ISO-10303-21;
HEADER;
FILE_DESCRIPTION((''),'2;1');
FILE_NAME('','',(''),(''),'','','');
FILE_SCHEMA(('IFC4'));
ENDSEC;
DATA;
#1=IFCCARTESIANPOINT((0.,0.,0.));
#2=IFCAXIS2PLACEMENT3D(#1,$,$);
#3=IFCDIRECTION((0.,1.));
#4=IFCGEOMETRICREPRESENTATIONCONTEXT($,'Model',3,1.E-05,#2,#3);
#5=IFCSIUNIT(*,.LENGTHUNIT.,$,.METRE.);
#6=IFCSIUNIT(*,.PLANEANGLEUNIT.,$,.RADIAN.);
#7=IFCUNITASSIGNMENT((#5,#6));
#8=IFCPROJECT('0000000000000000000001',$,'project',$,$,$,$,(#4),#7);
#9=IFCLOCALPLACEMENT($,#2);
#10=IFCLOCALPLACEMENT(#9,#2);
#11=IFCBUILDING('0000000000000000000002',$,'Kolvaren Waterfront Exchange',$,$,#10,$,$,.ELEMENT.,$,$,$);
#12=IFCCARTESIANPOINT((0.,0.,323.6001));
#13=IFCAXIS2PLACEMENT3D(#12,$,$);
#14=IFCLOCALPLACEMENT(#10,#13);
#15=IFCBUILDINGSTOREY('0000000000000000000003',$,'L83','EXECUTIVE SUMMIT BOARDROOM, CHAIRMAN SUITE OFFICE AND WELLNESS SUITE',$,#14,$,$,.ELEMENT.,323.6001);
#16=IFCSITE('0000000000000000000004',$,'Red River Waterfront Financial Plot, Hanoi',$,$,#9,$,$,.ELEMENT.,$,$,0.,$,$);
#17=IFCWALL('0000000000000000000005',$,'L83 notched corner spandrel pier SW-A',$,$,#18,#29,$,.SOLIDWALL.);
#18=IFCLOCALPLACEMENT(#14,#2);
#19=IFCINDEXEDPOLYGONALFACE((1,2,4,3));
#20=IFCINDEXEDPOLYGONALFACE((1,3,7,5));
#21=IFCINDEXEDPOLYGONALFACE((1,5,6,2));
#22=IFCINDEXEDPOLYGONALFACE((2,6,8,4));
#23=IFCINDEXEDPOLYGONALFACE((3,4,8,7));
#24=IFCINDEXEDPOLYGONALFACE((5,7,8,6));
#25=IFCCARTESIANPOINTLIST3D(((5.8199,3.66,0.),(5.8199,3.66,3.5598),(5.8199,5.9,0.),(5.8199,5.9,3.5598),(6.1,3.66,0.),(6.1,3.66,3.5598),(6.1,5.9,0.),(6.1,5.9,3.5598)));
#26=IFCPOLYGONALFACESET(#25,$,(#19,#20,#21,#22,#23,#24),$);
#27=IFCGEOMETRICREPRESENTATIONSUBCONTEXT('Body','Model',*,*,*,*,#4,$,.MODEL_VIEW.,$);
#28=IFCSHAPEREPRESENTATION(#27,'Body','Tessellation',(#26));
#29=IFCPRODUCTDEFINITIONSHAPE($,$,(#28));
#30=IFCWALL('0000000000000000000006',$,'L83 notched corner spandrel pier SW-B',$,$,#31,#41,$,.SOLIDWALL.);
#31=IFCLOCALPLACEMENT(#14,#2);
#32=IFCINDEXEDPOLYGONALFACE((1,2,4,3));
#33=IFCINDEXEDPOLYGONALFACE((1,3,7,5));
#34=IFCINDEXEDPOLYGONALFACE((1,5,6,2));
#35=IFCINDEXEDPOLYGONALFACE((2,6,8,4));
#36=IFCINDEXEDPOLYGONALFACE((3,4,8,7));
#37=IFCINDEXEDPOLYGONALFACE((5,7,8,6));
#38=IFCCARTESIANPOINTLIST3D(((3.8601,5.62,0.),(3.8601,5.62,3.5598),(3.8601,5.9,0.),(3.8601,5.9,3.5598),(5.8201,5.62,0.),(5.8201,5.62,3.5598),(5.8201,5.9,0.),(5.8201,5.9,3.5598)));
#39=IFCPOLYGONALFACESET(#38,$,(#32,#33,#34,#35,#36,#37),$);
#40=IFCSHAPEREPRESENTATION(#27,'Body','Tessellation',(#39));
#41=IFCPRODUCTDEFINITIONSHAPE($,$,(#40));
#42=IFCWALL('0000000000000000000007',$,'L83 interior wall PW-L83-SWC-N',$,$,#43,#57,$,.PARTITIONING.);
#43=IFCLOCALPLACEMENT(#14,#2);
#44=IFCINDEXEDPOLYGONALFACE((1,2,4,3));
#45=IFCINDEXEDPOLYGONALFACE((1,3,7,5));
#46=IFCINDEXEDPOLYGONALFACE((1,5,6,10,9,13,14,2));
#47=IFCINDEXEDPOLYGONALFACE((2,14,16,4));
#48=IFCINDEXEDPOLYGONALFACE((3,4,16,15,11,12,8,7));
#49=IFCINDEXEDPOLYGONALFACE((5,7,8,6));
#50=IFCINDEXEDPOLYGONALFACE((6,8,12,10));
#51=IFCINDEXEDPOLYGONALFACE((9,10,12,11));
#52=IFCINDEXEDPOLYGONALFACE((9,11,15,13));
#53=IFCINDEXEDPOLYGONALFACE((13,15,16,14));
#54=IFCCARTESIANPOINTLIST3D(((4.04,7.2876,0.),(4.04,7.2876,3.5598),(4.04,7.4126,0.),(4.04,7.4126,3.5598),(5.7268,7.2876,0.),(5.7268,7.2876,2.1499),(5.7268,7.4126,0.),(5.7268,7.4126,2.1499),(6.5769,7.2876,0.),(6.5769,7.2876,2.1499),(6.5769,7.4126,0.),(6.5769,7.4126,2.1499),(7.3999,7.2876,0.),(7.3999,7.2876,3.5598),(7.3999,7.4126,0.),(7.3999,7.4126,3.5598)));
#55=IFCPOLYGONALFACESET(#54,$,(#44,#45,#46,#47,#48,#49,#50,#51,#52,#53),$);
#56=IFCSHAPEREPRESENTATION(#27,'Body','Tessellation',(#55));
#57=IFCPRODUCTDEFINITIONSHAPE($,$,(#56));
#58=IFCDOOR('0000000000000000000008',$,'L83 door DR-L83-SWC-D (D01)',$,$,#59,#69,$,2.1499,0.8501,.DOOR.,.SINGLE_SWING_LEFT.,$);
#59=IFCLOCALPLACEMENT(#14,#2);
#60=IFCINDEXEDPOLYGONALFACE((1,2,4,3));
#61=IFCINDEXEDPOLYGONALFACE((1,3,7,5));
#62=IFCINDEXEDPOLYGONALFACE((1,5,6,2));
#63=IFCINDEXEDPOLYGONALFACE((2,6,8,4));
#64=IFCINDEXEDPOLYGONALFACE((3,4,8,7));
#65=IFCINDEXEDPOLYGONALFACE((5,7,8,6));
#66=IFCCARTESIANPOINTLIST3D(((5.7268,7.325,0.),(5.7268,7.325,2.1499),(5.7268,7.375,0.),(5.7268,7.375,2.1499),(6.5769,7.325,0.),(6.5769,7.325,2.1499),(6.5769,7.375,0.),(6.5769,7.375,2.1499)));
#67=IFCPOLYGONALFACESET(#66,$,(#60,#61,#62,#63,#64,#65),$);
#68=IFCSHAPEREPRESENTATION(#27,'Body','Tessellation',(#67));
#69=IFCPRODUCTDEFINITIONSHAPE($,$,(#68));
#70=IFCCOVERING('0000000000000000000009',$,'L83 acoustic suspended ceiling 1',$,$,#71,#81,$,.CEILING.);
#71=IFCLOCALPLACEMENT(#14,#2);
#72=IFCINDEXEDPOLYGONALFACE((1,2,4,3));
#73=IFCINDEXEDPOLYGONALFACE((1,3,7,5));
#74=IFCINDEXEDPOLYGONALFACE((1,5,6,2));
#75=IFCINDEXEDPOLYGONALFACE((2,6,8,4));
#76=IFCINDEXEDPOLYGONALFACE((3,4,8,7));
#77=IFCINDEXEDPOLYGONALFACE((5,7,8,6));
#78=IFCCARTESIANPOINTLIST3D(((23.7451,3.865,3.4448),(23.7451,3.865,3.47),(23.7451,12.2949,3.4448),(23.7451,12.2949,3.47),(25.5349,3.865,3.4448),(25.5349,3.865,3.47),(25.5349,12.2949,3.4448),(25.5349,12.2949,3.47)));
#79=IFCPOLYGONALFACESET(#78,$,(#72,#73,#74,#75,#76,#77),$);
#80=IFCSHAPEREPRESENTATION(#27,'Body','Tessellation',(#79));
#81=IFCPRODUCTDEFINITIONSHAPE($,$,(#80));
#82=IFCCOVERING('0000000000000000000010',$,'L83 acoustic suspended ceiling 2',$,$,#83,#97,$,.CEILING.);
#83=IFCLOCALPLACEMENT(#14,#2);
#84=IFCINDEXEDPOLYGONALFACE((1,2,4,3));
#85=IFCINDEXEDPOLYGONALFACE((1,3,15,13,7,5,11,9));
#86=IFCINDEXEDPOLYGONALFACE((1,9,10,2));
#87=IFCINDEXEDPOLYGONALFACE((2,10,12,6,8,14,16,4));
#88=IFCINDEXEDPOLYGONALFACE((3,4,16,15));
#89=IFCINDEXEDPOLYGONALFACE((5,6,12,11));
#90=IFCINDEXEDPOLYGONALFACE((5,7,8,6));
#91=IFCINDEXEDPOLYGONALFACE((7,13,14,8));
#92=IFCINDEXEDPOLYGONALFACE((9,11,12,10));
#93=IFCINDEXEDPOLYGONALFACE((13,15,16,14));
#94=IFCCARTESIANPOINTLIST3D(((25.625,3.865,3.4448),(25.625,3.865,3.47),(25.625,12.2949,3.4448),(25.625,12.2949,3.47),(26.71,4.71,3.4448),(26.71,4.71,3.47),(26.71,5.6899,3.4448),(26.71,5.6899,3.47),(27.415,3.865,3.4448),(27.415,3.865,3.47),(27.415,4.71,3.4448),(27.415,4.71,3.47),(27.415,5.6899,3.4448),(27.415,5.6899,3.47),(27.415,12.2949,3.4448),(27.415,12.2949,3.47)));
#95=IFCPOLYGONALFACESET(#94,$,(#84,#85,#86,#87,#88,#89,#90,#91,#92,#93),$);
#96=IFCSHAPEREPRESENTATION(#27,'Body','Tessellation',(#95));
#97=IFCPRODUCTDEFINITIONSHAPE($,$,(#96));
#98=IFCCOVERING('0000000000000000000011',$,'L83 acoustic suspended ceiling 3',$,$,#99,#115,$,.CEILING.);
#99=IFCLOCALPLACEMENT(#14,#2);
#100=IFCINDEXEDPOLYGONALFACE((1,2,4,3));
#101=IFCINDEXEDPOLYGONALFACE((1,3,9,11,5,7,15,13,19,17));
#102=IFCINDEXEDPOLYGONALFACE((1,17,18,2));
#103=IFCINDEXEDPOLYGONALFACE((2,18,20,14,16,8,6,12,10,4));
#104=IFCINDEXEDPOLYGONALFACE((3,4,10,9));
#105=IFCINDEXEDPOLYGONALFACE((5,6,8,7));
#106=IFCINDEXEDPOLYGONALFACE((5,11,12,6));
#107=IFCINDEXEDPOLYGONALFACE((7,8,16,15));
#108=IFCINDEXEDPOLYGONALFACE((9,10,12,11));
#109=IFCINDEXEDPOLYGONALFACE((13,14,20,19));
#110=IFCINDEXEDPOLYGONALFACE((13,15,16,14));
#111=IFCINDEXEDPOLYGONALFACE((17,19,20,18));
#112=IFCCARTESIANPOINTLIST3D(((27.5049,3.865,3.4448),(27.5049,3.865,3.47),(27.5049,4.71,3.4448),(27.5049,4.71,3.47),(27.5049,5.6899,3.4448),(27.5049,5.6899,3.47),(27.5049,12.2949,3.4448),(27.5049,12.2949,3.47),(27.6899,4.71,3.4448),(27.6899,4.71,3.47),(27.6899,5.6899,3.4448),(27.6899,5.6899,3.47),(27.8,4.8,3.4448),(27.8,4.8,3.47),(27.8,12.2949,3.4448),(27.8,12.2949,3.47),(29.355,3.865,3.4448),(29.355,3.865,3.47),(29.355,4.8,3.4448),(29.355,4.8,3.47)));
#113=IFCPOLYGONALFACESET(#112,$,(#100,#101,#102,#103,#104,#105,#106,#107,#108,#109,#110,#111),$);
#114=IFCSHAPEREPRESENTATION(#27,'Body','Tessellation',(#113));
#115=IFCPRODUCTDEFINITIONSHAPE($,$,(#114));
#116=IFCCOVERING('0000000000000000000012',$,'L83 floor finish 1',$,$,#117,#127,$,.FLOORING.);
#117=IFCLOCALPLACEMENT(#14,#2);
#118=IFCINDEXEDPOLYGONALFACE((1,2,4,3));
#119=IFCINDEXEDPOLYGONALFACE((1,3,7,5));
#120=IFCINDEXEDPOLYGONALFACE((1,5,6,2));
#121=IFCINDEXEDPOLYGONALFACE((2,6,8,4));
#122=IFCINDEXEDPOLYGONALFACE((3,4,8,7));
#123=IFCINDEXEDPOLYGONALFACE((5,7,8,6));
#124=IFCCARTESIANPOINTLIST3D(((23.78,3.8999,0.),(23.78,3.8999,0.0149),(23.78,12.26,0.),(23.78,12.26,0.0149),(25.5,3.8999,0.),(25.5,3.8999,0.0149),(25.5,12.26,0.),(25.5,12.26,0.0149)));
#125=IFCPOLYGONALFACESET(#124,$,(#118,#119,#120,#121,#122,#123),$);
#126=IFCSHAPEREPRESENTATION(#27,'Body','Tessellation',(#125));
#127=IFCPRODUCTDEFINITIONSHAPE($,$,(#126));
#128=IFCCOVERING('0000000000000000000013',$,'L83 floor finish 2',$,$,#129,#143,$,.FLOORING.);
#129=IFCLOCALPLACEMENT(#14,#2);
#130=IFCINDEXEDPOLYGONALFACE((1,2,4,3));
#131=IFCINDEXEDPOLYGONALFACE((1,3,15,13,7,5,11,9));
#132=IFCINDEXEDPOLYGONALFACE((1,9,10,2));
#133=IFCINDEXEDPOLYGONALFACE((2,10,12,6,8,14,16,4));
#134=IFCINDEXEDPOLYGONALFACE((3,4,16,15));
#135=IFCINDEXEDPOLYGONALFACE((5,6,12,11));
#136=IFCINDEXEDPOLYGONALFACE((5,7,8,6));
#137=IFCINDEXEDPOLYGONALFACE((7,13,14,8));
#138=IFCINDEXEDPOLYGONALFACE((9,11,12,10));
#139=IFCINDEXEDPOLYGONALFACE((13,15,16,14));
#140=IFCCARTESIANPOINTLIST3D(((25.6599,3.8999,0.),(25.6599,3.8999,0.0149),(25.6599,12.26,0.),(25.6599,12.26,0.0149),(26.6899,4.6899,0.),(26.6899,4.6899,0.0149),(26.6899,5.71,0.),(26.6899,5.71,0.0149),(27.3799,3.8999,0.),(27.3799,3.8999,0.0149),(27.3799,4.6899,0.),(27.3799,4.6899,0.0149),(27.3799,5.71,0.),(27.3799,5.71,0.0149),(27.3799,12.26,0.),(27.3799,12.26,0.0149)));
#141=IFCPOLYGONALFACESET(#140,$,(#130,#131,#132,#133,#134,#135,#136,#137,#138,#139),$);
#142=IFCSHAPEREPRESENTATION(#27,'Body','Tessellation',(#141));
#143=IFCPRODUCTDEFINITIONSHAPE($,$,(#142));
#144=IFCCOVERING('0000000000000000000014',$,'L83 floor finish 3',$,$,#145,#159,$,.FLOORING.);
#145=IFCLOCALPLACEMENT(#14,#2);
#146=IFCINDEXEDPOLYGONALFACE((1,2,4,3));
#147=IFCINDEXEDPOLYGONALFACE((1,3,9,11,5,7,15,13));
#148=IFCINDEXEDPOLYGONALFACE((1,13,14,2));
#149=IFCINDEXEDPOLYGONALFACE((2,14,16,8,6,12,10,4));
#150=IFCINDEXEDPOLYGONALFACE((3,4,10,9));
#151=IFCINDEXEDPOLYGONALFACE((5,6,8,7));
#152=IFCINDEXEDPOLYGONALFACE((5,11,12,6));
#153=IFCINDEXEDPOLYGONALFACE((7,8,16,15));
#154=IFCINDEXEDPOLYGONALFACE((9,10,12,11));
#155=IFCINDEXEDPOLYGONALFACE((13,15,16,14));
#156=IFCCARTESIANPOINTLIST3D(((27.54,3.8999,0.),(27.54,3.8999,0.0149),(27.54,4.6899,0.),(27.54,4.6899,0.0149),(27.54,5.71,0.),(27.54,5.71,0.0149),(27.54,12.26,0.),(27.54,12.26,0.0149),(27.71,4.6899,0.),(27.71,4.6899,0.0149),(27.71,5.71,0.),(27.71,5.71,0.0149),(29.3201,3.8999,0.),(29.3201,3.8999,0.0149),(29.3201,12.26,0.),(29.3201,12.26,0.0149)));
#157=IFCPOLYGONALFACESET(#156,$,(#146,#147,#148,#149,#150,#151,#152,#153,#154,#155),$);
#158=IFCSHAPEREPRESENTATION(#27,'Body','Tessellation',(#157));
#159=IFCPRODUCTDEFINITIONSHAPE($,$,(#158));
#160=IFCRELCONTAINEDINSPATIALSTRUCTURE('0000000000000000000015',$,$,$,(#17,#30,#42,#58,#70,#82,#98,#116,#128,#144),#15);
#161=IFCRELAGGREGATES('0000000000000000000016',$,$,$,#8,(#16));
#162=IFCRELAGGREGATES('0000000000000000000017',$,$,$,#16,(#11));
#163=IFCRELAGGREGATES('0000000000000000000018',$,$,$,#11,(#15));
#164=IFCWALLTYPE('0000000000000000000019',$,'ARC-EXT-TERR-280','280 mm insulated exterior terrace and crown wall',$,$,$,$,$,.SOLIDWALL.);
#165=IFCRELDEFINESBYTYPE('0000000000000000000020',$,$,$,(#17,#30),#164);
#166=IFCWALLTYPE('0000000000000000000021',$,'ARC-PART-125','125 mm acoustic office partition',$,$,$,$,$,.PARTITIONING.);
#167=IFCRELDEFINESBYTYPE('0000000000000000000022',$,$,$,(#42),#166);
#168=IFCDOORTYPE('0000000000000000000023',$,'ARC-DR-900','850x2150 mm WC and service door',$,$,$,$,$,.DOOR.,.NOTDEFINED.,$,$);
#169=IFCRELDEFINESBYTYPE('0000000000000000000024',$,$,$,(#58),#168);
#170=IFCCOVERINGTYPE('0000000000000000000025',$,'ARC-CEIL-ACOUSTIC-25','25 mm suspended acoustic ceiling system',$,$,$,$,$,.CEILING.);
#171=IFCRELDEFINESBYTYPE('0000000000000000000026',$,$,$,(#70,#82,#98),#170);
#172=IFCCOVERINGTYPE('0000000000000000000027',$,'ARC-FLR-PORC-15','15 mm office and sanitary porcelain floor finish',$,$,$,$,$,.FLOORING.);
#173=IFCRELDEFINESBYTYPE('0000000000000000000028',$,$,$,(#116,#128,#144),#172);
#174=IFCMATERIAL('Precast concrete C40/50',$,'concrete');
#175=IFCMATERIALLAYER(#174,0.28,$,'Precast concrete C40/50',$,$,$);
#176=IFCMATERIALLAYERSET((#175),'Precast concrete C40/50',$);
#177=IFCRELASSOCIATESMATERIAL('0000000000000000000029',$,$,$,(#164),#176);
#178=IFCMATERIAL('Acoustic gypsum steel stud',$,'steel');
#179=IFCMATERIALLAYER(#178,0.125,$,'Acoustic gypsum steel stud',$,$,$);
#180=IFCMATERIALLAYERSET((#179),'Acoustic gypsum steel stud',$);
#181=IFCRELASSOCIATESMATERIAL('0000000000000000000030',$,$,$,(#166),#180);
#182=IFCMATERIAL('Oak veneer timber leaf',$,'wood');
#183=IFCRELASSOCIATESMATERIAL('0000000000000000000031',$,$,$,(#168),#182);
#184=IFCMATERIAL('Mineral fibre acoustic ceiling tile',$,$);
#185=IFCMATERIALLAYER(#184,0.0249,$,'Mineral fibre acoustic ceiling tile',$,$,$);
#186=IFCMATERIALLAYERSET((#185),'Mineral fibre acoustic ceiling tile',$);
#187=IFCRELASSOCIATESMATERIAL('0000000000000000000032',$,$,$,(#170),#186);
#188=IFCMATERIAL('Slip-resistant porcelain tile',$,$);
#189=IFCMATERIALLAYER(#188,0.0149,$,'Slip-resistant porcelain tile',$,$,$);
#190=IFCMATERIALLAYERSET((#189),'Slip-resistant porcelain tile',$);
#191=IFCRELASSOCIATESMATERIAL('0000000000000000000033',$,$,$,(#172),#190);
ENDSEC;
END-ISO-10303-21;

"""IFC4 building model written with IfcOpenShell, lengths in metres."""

from ifc_helpers import new_model, si_unit, direction, frame, frame_2d, origin, place, context, subcontext, project, spatial, polyline, rectangle, outline, extrude, material, layer, layer_set, type_object, element, fill, save


model = new_model("IFC4")

# Units and contexts
model_context = context("Model", 3, precision=1e-05, world=origin(), true_north=direction((0.0, 1.0)))
body_context = subcontext(model_context, "Body", "Model", "MODEL_VIEW")
ifc_project = project(units=[si_unit("LENGTHUNIT", "METRE"), si_unit("PLANEANGLEUNIT", "RADIAN")], contexts=[model_context])

# Site, building, storey
site_placement = place(None, origin())
site = spatial("IfcSite", under=ifc_project, at=site_placement, Name="Red River Waterfront Financial Plot, Hanoi", CompositionType="ELEMENT", RefElevation=0.0)
building_placement = place(site_placement, origin())
building = spatial("IfcBuilding", under=site, at=building_placement, Name="Kolvaren Waterfront Exchange", CompositionType="ELEMENT")
storey_placement = place(building_placement, frame((0.0, 0.0, 323.6001)))
storey = spatial("IfcBuildingStorey", under=building, at=storey_placement, Name="L83", Description="EXECUTIVE SUMMIT BOARDROOM, CHAIRMAN SUITE OFFICE AND WELLNESS SUITE", CompositionType="ELEMENT", Elevation=323.6001)

# Walls
ifc_material_1 = material(Name="Precast concrete C40/50", Category="concrete")
ifc_layer_1 = layer(ifc_material_1, 0.28, Name="Precast concrete C40/50")
ifc_layer_set_1 = layer_set([ifc_layer_1], Name="Precast concrete C40/50")
wall_type_1 = type_object("IfcWallType", Name="ARC-EXT-TERR-280", Description="280 mm insulated exterior terrace and crown wall", PredefinedType="SOLIDWALL", material=ifc_layer_set_1)
wall_1_placement = place(storey_placement, frame((5.96, 3.6599, 0.0), z_axis=(0.0, 0.0, 1.0), x_axis=(0.0, 1.0, 0.0)))
element("IfcWall", 1, at=wall_1_placement, inside=storey, type_object=wall_type_1, Name="L83 notched corner spandrel pier SW-A", PredefinedType="SOLIDWALL", context=body_context, shape_type="SweptSolid", body=[
    extrude(rectangle(XDim=2.24, YDim=0.28, at=frame_2d((1.1201, 0.0))), origin(), (0.0, 0.0, 1.0), 3.5598),
])
wall_2_placement = place(storey_placement, frame((3.8601, 5.76, 0.0), z_axis=(0.0, 0.0, 1.0), x_axis=(1.0, 0.0, 0.0)))
element("IfcWall", 2, at=wall_2_placement, inside=storey, type_object=wall_type_1, Name="L83 notched corner spandrel pier SW-B", PredefinedType="SOLIDWALL", context=body_context, shape_type="SweptSolid", body=[
    extrude(rectangle(XDim=1.96, YDim=0.28, at=frame_2d((0.98, 0.0))), origin(), (0.0, 0.0, 1.0), 3.5598),
])

# Wall, opening, door
ifc_material_2 = material(Name="Acoustic gypsum steel stud", Category="steel")
ifc_layer_2 = layer(ifc_material_2, 0.125, Name="Acoustic gypsum steel stud")
ifc_layer_set_2 = layer_set([ifc_layer_2], Name="Acoustic gypsum steel stud")
wall_type_2 = type_object("IfcWallType", Name="ARC-PART-125", Description="125 mm acoustic office partition", PredefinedType="PARTITIONING", material=ifc_layer_set_2)
wall_3_placement = place(storey_placement, frame((4.04, 7.3501, 0.0), z_axis=(0.0, 0.0, 1.0), x_axis=(1.0, 0.0, 0.0)))
wall_3 = element("IfcWall", 3, at=wall_3_placement, inside=storey, type_object=wall_type_2, Name="L83 interior wall PW-L83-SWC-N", PredefinedType="PARTITIONING", context=body_context, shape_type="SweptSolid", body=[
    extrude(rectangle(XDim=3.3599, YDim=0.125, at=frame_2d((1.6799, 0.0))), origin(), (0.0, 0.0, 1.0), 3.5598),
])
opening_placement = place(wall_3_placement, frame((1.6868, 0.0, 0.0)))
opening = element("IfcOpeningElement", 4, at=opening_placement, cuts=wall_3, PredefinedType="OPENING", context=body_context, shape_type="SweptSolid", body=[
    extrude(rectangle(XDim=0.8501, YDim=2.1499, at=frame_2d((0.425, 1.075))), frame((0.0, 0.0725, 0.0), z_axis=(0.0, -1.0, 0.0), x_axis=(1.0, 0.0, 0.0)), (0.0, 0.0, 1.0), 0.145),
])
ifc_material_3 = material(Name="Oak veneer timber leaf", Category="wood")
door_type = type_object("IfcDoorType", Name="ARC-DR-900", Description="850x2150 mm WC and service door", OperationType="NOTDEFINED", PredefinedType="DOOR", material=ifc_material_3)
door_placement = place(opening_placement, origin())
door = element("IfcDoor", 5, at=door_placement, inside=storey, type_object=door_type, Name="L83 door DR-L83-SWC-D (D01)", OperationType="SINGLE_SWING_LEFT", OverallHeight=2.1499, OverallWidth=0.8501, PredefinedType="DOOR", context=body_context, shape_type="SweptSolid", body=[
    extrude(rectangle(XDim=0.8501, YDim=2.1499, at=frame_2d((0.425, 1.075))), frame((0.0, 0.0249, 0.0), z_axis=(0.0, -1.0, 0.0), x_axis=(1.0, 0.0, 0.0)), (0.0, 0.0, 1.0), 0.05),
])
fill(opening, door)

# Coverings
ifc_material_4 = material(Name="Mineral fibre acoustic ceiling tile")
ifc_layer_3 = layer(ifc_material_4, 0.0249, Name="Mineral fibre acoustic ceiling tile")
ifc_layer_set_3 = layer_set([ifc_layer_3], Name="Mineral fibre acoustic ceiling tile")
covering_type_1 = type_object("IfcCoveringType", Name="ARC-CEIL-ACOUSTIC-25", Description="25 mm suspended acoustic ceiling system", PredefinedType="CEILING", material=ifc_layer_set_3)
covering_1_placement = place(storey_placement, frame((0.0, 0.0, 3.4448)))
element("IfcCovering", 6, at=covering_1_placement, inside=storey, type_object=covering_type_1, Name="L83 acoustic suspended ceiling 1", PredefinedType="CEILING", context=body_context, shape_type="SweptSolid", body=[
    extrude(outline(polyline([(25.5349, 3.865), (25.5349, 12.2949), (23.7451, 12.2949), (23.7451, 3.865), (25.5349, 3.865)])), origin(), (0.0, 0.0, 1.0), 0.0251),
])
covering_2_placement = place(storey_placement, frame((0.0, 0.0, 3.4448)))
element("IfcCovering", 7, at=covering_2_placement, inside=storey, type_object=covering_type_1, Name="L83 acoustic suspended ceiling 2", PredefinedType="CEILING", context=body_context, shape_type="SweptSolid", body=[
    extrude(outline(polyline([(27.415, 4.71), (26.71, 4.71), (26.71, 5.6899), (27.415, 5.6899), (27.415, 12.2949), (25.625, 12.2949), (25.625, 3.865), (27.415, 3.865), (27.415, 4.71)])), origin(), (0.0, 0.0, 1.0), 0.0251),
])
covering_3_placement = place(storey_placement, frame((0.0, 0.0, 3.4448)))
element("IfcCovering", 8, at=covering_3_placement, inside=storey, type_object=covering_type_1, Name="L83 acoustic suspended ceiling 3", PredefinedType="CEILING", context=body_context, shape_type="SweptSolid", body=[
    extrude(outline(polyline([(27.5049, 5.6899), (27.6899, 5.6899), (27.6899, 4.71), (27.5049, 4.71), (27.5049, 3.865), (29.355, 3.865), (29.355, 4.8), (27.8, 4.8), (27.8, 12.2949), (27.5049, 12.2949), (27.5049, 5.6899)])), origin(), (0.0, 0.0, 1.0), 0.0251),
])
ifc_material_5 = material(Name="Slip-resistant porcelain tile")
ifc_layer_4 = layer(ifc_material_5, 0.0149, Name="Slip-resistant porcelain tile")
ifc_layer_set_4 = layer_set([ifc_layer_4], Name="Slip-resistant porcelain tile")
covering_type_2 = type_object("IfcCoveringType", Name="ARC-FLR-PORC-15", Description="15 mm office and sanitary porcelain floor finish", PredefinedType="FLOORING", material=ifc_layer_set_4)
covering_4_placement = place(storey_placement, origin())
element("IfcCovering", 9, at=covering_4_placement, inside=storey, type_object=covering_type_2, Name="L83 floor finish 1", PredefinedType="FLOORING", context=body_context, shape_type="SweptSolid", body=[
    extrude(outline(polyline([(23.78, 12.26), (23.78, 3.8999), (25.5, 3.8999), (25.5, 12.26), (23.78, 12.26)])), origin(), (0.0, 0.0, 1.0), 0.0149),
])
covering_5_placement = place(storey_placement, origin())
element("IfcCovering", 10, at=covering_5_placement, inside=storey, type_object=covering_type_2, Name="L83 floor finish 2", PredefinedType="FLOORING", context=body_context, shape_type="SweptSolid", body=[
    extrude(outline(polyline([(25.6599, 12.26), (25.6599, 3.8999), (27.3799, 3.8999), (27.3799, 4.6899), (26.6899, 4.6899), (26.6899, 5.71), (27.3799, 5.71), (27.3799, 12.26), (25.6599, 12.26)])), origin(), (0.0, 0.0, 1.0), 0.0149),
])
covering_6_placement = place(storey_placement, origin())
element("IfcCovering", 11, at=covering_6_placement, inside=storey, type_object=covering_type_2, Name="L83 floor finish 3", PredefinedType="FLOORING", context=body_context, shape_type="SweptSolid", body=[
    extrude(outline(polyline([(27.54, 4.6899), (27.54, 3.8999), (29.3201, 3.8999), (29.3201, 12.26), (27.54, 12.26), (27.54, 5.71), (27.71, 5.71), (27.71, 4.6899), (27.54, 4.6899)])), origin(), (0.0, 0.0, 1.0), 0.0149),
])

save(model, "model.ifc")
